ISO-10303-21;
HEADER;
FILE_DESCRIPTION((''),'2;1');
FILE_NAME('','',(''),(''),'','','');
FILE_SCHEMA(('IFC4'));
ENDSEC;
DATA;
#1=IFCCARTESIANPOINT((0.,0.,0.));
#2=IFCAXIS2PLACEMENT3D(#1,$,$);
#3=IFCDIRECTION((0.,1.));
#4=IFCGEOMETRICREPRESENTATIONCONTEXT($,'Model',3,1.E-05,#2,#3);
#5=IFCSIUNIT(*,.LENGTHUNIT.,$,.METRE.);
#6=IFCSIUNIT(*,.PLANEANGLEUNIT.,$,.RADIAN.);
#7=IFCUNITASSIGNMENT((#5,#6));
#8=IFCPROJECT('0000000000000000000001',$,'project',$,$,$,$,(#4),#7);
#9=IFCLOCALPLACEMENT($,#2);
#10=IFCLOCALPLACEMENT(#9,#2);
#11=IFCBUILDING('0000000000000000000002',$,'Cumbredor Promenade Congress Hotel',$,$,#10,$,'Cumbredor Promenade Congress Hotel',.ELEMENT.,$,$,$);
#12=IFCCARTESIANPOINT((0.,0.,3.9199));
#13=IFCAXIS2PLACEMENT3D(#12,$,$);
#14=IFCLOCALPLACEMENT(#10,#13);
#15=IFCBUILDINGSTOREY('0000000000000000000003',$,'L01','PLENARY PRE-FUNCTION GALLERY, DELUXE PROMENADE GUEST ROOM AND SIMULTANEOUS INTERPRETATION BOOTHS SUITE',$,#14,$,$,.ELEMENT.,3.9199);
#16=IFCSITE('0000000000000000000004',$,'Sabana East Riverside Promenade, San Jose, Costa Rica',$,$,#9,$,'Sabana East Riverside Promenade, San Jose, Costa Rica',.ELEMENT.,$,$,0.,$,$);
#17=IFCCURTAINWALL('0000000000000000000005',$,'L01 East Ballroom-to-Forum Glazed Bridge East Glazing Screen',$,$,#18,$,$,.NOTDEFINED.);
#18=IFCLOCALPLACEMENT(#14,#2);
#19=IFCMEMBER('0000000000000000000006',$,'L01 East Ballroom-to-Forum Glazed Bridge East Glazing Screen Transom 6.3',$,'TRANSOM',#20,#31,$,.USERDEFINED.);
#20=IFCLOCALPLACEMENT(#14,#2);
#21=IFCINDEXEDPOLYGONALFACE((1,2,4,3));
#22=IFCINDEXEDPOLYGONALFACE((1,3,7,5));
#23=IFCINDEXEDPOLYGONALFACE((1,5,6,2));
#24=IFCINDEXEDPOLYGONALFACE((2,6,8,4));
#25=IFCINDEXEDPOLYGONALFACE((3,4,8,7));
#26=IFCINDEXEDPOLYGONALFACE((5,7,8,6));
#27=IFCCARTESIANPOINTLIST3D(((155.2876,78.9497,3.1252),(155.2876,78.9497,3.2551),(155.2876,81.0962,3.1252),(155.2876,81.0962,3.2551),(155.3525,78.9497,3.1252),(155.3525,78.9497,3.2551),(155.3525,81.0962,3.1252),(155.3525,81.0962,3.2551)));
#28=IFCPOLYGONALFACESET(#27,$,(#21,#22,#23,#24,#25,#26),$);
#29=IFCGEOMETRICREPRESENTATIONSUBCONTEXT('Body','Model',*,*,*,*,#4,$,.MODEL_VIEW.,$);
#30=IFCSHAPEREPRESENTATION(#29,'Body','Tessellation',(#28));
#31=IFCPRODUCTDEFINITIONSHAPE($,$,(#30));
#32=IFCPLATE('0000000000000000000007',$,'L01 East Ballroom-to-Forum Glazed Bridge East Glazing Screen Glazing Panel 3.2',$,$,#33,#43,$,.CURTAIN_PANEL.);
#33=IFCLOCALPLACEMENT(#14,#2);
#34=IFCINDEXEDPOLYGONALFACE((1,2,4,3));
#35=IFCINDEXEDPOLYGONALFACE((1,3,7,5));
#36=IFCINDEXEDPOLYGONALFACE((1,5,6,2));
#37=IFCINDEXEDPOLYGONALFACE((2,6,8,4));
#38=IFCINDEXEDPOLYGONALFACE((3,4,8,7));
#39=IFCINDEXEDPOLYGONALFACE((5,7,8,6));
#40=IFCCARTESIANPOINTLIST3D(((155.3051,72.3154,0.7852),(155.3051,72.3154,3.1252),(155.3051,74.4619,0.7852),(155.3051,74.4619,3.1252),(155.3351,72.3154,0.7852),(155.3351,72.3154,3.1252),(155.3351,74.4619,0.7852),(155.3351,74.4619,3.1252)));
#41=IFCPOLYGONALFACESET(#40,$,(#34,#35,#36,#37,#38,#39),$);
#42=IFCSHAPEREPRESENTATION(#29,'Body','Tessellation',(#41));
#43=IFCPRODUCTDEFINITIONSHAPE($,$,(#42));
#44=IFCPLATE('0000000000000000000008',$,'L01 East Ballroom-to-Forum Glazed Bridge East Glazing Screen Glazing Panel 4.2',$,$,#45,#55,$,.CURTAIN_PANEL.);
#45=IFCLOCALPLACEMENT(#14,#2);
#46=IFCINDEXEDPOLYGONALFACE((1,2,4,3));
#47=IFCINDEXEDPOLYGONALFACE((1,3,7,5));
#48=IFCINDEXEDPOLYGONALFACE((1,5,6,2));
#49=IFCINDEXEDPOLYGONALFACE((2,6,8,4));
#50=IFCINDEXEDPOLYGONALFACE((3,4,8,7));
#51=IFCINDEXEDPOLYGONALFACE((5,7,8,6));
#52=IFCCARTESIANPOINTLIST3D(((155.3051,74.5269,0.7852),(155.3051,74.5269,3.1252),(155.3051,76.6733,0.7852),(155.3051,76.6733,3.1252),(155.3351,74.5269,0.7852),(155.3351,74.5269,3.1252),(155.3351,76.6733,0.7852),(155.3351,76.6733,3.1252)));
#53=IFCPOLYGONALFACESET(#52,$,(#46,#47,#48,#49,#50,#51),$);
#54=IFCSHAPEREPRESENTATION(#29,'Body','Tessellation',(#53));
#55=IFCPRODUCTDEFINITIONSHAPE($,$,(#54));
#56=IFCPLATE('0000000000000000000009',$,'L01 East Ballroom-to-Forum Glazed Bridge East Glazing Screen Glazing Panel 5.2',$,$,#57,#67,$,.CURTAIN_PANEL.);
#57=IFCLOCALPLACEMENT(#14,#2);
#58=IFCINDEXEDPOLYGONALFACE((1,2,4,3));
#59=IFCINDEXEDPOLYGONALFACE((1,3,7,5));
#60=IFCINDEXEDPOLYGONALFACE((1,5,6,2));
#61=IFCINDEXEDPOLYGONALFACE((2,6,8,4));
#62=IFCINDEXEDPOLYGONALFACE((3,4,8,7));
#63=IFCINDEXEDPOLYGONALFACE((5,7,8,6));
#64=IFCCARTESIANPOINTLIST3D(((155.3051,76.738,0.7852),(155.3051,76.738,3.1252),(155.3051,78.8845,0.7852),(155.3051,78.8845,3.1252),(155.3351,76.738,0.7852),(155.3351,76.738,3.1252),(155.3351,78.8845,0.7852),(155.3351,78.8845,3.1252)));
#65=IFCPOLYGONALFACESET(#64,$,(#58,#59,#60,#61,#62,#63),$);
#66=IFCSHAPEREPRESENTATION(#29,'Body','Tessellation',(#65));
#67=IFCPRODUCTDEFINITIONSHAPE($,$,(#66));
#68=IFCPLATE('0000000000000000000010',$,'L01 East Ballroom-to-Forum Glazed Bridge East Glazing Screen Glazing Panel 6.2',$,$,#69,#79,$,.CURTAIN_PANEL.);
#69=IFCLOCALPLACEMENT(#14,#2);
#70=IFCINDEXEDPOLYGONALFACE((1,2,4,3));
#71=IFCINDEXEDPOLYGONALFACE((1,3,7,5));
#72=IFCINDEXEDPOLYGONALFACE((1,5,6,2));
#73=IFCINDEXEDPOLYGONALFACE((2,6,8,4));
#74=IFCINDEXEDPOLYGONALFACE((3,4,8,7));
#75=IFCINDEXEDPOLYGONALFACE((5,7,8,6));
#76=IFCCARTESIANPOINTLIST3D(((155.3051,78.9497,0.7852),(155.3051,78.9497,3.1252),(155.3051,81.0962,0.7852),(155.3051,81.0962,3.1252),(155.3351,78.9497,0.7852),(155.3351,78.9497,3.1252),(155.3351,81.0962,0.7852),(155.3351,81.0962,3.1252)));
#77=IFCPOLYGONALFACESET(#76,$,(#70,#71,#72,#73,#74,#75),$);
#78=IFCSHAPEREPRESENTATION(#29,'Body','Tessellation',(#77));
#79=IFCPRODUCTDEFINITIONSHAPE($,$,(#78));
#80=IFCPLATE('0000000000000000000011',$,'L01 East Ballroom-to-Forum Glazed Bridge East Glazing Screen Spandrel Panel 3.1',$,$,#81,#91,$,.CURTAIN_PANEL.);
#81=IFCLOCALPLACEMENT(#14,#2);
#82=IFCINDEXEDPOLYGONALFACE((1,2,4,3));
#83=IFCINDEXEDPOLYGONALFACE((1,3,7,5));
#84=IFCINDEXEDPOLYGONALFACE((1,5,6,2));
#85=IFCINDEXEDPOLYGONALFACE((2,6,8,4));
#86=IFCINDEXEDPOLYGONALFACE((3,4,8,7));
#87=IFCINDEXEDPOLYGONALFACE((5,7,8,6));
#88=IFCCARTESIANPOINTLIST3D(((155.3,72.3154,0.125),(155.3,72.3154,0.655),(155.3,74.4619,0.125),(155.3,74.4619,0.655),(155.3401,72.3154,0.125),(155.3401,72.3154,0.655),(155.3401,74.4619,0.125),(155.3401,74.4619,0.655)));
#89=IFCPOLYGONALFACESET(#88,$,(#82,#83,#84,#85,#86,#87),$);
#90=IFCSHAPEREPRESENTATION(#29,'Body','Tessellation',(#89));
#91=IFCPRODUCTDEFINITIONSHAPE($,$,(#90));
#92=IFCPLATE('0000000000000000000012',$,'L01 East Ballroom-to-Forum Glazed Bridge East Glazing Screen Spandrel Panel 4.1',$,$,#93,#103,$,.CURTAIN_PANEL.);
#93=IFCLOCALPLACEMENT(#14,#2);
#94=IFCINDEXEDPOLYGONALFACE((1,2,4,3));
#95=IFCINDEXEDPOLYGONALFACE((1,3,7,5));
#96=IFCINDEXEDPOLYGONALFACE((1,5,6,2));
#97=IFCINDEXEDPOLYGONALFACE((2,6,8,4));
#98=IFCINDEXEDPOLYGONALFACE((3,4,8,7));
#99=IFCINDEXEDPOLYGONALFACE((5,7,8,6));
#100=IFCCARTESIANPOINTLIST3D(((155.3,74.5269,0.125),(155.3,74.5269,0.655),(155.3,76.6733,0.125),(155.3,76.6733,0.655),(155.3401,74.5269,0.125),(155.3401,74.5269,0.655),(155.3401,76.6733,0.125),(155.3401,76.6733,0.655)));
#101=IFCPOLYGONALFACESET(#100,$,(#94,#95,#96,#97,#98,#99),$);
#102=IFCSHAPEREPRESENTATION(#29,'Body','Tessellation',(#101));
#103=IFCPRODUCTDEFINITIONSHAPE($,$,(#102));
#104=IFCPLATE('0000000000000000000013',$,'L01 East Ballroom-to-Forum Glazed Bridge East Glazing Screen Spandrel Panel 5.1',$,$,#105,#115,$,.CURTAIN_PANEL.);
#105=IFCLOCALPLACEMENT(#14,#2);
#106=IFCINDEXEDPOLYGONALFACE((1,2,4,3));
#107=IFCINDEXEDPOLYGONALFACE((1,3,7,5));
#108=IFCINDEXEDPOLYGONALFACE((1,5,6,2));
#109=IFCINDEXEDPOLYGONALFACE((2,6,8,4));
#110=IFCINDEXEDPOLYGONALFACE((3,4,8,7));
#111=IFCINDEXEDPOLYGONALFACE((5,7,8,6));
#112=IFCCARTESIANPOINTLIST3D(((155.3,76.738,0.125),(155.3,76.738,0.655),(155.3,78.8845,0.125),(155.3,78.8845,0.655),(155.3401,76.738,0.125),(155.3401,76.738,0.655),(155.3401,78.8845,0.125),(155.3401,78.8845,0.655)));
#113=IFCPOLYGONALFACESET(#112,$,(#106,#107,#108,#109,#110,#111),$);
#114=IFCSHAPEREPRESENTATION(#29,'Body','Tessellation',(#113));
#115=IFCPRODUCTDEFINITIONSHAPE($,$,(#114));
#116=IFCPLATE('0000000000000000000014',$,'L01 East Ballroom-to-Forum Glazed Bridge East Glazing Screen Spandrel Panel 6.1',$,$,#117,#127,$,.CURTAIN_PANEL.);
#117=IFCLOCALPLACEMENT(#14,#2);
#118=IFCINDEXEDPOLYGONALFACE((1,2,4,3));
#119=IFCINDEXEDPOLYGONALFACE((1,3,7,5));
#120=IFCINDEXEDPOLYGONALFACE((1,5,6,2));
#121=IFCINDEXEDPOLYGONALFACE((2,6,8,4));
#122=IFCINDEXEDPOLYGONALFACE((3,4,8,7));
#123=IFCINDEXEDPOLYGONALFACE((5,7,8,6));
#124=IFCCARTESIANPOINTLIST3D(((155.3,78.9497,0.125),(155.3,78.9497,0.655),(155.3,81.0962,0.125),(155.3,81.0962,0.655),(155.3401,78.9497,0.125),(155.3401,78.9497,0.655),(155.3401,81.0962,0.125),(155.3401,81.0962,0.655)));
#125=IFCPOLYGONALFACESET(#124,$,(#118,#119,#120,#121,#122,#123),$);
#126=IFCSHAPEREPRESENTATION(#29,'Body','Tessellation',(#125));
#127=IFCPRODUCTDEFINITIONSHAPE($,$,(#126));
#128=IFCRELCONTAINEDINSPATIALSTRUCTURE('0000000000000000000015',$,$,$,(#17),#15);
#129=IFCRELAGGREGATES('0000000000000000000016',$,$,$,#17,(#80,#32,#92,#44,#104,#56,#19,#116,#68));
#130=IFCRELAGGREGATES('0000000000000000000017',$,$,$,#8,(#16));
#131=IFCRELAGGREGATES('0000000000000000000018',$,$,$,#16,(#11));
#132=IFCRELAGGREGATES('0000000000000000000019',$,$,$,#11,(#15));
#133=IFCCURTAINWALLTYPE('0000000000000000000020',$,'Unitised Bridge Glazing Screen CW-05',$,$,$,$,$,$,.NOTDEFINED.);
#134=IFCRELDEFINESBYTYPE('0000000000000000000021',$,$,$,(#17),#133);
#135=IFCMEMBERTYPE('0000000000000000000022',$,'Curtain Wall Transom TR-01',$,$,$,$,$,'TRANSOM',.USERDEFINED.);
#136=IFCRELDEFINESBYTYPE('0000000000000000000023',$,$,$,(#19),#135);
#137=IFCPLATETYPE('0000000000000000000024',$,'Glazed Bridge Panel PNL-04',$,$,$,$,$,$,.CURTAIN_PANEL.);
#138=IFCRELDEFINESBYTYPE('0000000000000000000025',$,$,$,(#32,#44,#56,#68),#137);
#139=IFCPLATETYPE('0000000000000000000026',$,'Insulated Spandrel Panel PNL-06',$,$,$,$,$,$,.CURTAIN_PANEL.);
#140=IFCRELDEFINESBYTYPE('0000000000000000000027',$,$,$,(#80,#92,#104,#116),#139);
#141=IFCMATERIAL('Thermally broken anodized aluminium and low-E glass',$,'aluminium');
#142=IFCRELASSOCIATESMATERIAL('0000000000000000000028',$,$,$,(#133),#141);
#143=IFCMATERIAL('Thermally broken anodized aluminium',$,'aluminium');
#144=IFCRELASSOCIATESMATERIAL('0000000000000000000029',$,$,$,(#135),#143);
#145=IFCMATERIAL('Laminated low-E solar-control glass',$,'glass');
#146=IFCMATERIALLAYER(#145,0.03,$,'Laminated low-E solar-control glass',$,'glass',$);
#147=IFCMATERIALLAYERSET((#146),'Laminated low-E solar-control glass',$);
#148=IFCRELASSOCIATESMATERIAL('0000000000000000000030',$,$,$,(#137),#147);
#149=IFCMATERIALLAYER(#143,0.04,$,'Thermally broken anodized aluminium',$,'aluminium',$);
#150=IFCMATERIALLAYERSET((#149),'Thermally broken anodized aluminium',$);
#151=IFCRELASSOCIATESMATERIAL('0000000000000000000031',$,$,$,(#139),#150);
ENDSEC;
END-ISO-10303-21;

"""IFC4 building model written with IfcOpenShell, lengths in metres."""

from ifc_helpers import new_model, si_unit, direction, frame, origin, origin_2d, place, context, subcontext, project, spatial, rectangle, extrude, material, layer, layer_set, material_profile, profile_set, type_object, element, aggregate, save


model = new_model("IFC4")

# Units and contexts
model_context = context("Model", 3, precision=1e-05, world=origin(), true_north=direction((0.0, 1.0)))
body_context = subcontext(model_context, "Body", "Model", "MODEL_VIEW")
ifc_project = project(units=[si_unit("LENGTHUNIT", "METRE"), si_unit("PLANEANGLEUNIT", "RADIAN")], contexts=[model_context])

# Site, building, storey
site_placement = place(None, origin())
site = spatial("IfcSite", under=ifc_project, at=site_placement, Name="Sabana East Riverside Promenade, San Jose, Costa Rica", LongName="Sabana East Riverside Promenade, San Jose, Costa Rica", CompositionType="ELEMENT", RefElevation=0.0)
building_placement = place(site_placement, origin())
building = spatial("IfcBuilding", under=site, at=building_placement, Name="Cumbredor Promenade Congress Hotel", LongName="Cumbredor Promenade Congress Hotel", CompositionType="ELEMENT")
storey_placement = place(building_placement, frame((0.0, 0.0, 3.9199)))
storey = spatial("IfcBuildingStorey", under=building, at=storey_placement, Name="L01", Description="PLENARY PRE-FUNCTION GALLERY, DELUXE PROMENADE GUEST ROOM AND SIMULTANEOUS INTERPRETATION BOOTHS SUITE", CompositionType="ELEMENT", Elevation=3.9199)

# Curtain wall, member, plates
ifc_material_1 = material(Name="Thermally broken anodized aluminium and low-E glass", Category="aluminium")
curtain_wall_type = type_object("IfcCurtainWallType", Name="Unitised Bridge Glazing Screen CW-05", PredefinedType="NOTDEFINED", material=ifc_material_1)
curtain_wall_placement = place(storey_placement, origin())
curtain_wall = element("IfcCurtainWall", 1, at=curtain_wall_placement, inside=storey, type_object=curtain_wall_type, Name="L01 East Ballroom-to-Forum Glazed Bridge East Glazing Screen", PredefinedType="NOTDEFINED")
ifc_material_2 = material(Name="Thermally broken anodized aluminium", Category="aluminium")
ifc_material_profile_1 = material_profile(ifc_material_2, rectangle(XDim=0.0649, YDim=0.1299, at=origin_2d()), Name="ALU TRANSOM 65x130")
ifc_profile_set_1 = profile_set([ifc_material_profile_1], Name="Thermally broken anodized aluminium")
member_type_1 = type_object("IfcMemberType", Name="Curtain Wall Transom TR-01", ElementType="TRANSOM", PredefinedType="USERDEFINED", material=ifc_profile_set_1)
member_1_placement = place(storey_placement, frame((155.3201, 78.9497, 3.1902), z_axis=(0.0, 1.0, 0.0), x_axis=(-1.0, 0.0, 0.0)))
member_1 = element("IfcMember", 2, at=member_1_placement, type_object=member_type_1, Name="L01 East Ballroom-to-Forum Glazed Bridge East Glazing Screen Transom 6.3", ObjectType="TRANSOM", PredefinedType="USERDEFINED", context=body_context, shape_type="SweptSolid", body=[
    extrude(rectangle(XDim=0.0649, YDim=0.1299, at=origin_2d()), origin(), (0.0, 0.0, 1.0), 2.1465),
])
ifc_material_3 = material(Name="Laminated low-E solar-control glass", Category="glass")
ifc_layer_1 = layer(ifc_material_3, 0.03, Name="Laminated low-E solar-control glass", Category="glass")
ifc_layer_set_1 = layer_set([ifc_layer_1], Name="Laminated low-E solar-control glass")
plate_type_1 = type_object("IfcPlateType", Name="Glazed Bridge Panel PNL-04", PredefinedType="CURTAIN_PANEL", material=ifc_layer_set_1)
plate_1_placement = place(storey_placement, frame((155.3201, 73.3887, 0.7852), z_axis=(0.0, 0.0, 1.0), x_axis=(0.0, 1.0, 0.0)))
plate_1 = element("IfcPlate", 3, at=plate_1_placement, type_object=plate_type_1, Name="L01 East Ballroom-to-Forum Glazed Bridge East Glazing Screen Glazing Panel 3.2", PredefinedType="CURTAIN_PANEL", context=body_context, shape_type="SweptSolid", body=[
    extrude(rectangle(XDim=2.1465, YDim=0.03, at=origin_2d()), origin(), (0.0, 0.0, 1.0), 2.3401),
])
plate_2_placement = place(storey_placement, frame((155.3201, 75.6001, 0.7852), z_axis=(0.0, 0.0, 1.0), x_axis=(0.0, 1.0, 0.0)))
plate_2 = element("IfcPlate", 4, at=plate_2_placement, type_object=plate_type_1, Name="L01 East Ballroom-to-Forum Glazed Bridge East Glazing Screen Glazing Panel 4.2", PredefinedType="CURTAIN_PANEL", context=body_context, shape_type="SweptSolid", body=[
    extrude(rectangle(XDim=2.1465, YDim=0.03, at=origin_2d()), origin(), (0.0, 0.0, 1.0), 2.3401),
])
plate_3_placement = place(storey_placement, frame((155.3201, 77.8113, 0.7852), z_axis=(0.0, 0.0, 1.0), x_axis=(0.0, 1.0, 0.0)))
plate_3 = element("IfcPlate", 5, at=plate_3_placement, type_object=plate_type_1, Name="L01 East Ballroom-to-Forum Glazed Bridge East Glazing Screen Glazing Panel 5.2", PredefinedType="CURTAIN_PANEL", context=body_context, shape_type="SweptSolid", body=[
    extrude(rectangle(XDim=2.1465, YDim=0.03, at=origin_2d()), origin(), (0.0, 0.0, 1.0), 2.3401),
])
plate_4_placement = place(storey_placement, frame((155.3201, 80.0229, 0.7852), z_axis=(0.0, 0.0, 1.0), x_axis=(0.0, 1.0, 0.0)))
plate_4 = element("IfcPlate", 6, at=plate_4_placement, type_object=plate_type_1, Name="L01 East Ballroom-to-Forum Glazed Bridge East Glazing Screen Glazing Panel 6.2", PredefinedType="CURTAIN_PANEL", context=body_context, shape_type="SweptSolid", body=[
    extrude(rectangle(XDim=2.1465, YDim=0.03, at=origin_2d()), origin(), (0.0, 0.0, 1.0), 2.3401),
])
ifc_layer_2 = layer(ifc_material_2, 0.04, Name="Thermally broken anodized aluminium", Category="aluminium")
ifc_layer_set_2 = layer_set([ifc_layer_2], Name="Thermally broken anodized aluminium")
plate_type_2 = type_object("IfcPlateType", Name="Insulated Spandrel Panel PNL-06", PredefinedType="CURTAIN_PANEL", material=ifc_layer_set_2)
plate_5_placement = place(storey_placement, frame((155.3201, 73.3887, 0.125), z_axis=(0.0, 0.0, 1.0), x_axis=(0.0, 1.0, 0.0)))
plate_5 = element("IfcPlate", 7, at=plate_5_placement, type_object=plate_type_2, Name="L01 East Ballroom-to-Forum Glazed Bridge East Glazing Screen Spandrel Panel 3.1", PredefinedType="CURTAIN_PANEL", context=body_context, shape_type="SweptSolid", body=[
    extrude(rectangle(XDim=2.1465, YDim=0.04, at=origin_2d()), origin(), (0.0, 0.0, 1.0), 0.53),
])
plate_6_placement = place(storey_placement, frame((155.3201, 75.6001, 0.125), z_axis=(0.0, 0.0, 1.0), x_axis=(0.0, 1.0, 0.0)))
plate_6 = element("IfcPlate", 8, at=plate_6_placement, type_object=plate_type_2, Name="L01 East Ballroom-to-Forum Glazed Bridge East Glazing Screen Spandrel Panel 4.1", PredefinedType="CURTAIN_PANEL", context=body_context, shape_type="SweptSolid", body=[
    extrude(rectangle(XDim=2.1465, YDim=0.04, at=origin_2d()), origin(), (0.0, 0.0, 1.0), 0.53),
])
plate_7_placement = place(storey_placement, frame((155.3201, 77.8113, 0.125), z_axis=(0.0, 0.0, 1.0), x_axis=(0.0, 1.0, 0.0)))
plate_7 = element("IfcPlate", 9, at=plate_7_placement, type_object=plate_type_2, Name="L01 East Ballroom-to-Forum Glazed Bridge East Glazing Screen Spandrel Panel 5.1", PredefinedType="CURTAIN_PANEL", context=body_context, shape_type="SweptSolid", body=[
    extrude(rectangle(XDim=2.1465, YDim=0.04, at=origin_2d()), origin(), (0.0, 0.0, 1.0), 0.53),
])
plate_8_placement = place(storey_placement, frame((155.3201, 80.0229, 0.125), z_axis=(0.0, 0.0, 1.0), x_axis=(0.0, 1.0, 0.0)))
plate_8 = element("IfcPlate", 10, at=plate_8_placement, type_object=plate_type_2, Name="L01 East Ballroom-to-Forum Glazed Bridge East Glazing Screen Spandrel Panel 6.1", PredefinedType="CURTAIN_PANEL", context=body_context, shape_type="SweptSolid", body=[
    extrude(rectangle(XDim=2.1465, YDim=0.04, at=origin_2d()), origin(), (0.0, 0.0, 1.0), 0.53),
])
aggregate(curtain_wall, [plate_5, plate_1, plate_6, plate_2, plate_7, plate_3, member_1, plate_8, plate_4])

save(model, "model.ifc")
